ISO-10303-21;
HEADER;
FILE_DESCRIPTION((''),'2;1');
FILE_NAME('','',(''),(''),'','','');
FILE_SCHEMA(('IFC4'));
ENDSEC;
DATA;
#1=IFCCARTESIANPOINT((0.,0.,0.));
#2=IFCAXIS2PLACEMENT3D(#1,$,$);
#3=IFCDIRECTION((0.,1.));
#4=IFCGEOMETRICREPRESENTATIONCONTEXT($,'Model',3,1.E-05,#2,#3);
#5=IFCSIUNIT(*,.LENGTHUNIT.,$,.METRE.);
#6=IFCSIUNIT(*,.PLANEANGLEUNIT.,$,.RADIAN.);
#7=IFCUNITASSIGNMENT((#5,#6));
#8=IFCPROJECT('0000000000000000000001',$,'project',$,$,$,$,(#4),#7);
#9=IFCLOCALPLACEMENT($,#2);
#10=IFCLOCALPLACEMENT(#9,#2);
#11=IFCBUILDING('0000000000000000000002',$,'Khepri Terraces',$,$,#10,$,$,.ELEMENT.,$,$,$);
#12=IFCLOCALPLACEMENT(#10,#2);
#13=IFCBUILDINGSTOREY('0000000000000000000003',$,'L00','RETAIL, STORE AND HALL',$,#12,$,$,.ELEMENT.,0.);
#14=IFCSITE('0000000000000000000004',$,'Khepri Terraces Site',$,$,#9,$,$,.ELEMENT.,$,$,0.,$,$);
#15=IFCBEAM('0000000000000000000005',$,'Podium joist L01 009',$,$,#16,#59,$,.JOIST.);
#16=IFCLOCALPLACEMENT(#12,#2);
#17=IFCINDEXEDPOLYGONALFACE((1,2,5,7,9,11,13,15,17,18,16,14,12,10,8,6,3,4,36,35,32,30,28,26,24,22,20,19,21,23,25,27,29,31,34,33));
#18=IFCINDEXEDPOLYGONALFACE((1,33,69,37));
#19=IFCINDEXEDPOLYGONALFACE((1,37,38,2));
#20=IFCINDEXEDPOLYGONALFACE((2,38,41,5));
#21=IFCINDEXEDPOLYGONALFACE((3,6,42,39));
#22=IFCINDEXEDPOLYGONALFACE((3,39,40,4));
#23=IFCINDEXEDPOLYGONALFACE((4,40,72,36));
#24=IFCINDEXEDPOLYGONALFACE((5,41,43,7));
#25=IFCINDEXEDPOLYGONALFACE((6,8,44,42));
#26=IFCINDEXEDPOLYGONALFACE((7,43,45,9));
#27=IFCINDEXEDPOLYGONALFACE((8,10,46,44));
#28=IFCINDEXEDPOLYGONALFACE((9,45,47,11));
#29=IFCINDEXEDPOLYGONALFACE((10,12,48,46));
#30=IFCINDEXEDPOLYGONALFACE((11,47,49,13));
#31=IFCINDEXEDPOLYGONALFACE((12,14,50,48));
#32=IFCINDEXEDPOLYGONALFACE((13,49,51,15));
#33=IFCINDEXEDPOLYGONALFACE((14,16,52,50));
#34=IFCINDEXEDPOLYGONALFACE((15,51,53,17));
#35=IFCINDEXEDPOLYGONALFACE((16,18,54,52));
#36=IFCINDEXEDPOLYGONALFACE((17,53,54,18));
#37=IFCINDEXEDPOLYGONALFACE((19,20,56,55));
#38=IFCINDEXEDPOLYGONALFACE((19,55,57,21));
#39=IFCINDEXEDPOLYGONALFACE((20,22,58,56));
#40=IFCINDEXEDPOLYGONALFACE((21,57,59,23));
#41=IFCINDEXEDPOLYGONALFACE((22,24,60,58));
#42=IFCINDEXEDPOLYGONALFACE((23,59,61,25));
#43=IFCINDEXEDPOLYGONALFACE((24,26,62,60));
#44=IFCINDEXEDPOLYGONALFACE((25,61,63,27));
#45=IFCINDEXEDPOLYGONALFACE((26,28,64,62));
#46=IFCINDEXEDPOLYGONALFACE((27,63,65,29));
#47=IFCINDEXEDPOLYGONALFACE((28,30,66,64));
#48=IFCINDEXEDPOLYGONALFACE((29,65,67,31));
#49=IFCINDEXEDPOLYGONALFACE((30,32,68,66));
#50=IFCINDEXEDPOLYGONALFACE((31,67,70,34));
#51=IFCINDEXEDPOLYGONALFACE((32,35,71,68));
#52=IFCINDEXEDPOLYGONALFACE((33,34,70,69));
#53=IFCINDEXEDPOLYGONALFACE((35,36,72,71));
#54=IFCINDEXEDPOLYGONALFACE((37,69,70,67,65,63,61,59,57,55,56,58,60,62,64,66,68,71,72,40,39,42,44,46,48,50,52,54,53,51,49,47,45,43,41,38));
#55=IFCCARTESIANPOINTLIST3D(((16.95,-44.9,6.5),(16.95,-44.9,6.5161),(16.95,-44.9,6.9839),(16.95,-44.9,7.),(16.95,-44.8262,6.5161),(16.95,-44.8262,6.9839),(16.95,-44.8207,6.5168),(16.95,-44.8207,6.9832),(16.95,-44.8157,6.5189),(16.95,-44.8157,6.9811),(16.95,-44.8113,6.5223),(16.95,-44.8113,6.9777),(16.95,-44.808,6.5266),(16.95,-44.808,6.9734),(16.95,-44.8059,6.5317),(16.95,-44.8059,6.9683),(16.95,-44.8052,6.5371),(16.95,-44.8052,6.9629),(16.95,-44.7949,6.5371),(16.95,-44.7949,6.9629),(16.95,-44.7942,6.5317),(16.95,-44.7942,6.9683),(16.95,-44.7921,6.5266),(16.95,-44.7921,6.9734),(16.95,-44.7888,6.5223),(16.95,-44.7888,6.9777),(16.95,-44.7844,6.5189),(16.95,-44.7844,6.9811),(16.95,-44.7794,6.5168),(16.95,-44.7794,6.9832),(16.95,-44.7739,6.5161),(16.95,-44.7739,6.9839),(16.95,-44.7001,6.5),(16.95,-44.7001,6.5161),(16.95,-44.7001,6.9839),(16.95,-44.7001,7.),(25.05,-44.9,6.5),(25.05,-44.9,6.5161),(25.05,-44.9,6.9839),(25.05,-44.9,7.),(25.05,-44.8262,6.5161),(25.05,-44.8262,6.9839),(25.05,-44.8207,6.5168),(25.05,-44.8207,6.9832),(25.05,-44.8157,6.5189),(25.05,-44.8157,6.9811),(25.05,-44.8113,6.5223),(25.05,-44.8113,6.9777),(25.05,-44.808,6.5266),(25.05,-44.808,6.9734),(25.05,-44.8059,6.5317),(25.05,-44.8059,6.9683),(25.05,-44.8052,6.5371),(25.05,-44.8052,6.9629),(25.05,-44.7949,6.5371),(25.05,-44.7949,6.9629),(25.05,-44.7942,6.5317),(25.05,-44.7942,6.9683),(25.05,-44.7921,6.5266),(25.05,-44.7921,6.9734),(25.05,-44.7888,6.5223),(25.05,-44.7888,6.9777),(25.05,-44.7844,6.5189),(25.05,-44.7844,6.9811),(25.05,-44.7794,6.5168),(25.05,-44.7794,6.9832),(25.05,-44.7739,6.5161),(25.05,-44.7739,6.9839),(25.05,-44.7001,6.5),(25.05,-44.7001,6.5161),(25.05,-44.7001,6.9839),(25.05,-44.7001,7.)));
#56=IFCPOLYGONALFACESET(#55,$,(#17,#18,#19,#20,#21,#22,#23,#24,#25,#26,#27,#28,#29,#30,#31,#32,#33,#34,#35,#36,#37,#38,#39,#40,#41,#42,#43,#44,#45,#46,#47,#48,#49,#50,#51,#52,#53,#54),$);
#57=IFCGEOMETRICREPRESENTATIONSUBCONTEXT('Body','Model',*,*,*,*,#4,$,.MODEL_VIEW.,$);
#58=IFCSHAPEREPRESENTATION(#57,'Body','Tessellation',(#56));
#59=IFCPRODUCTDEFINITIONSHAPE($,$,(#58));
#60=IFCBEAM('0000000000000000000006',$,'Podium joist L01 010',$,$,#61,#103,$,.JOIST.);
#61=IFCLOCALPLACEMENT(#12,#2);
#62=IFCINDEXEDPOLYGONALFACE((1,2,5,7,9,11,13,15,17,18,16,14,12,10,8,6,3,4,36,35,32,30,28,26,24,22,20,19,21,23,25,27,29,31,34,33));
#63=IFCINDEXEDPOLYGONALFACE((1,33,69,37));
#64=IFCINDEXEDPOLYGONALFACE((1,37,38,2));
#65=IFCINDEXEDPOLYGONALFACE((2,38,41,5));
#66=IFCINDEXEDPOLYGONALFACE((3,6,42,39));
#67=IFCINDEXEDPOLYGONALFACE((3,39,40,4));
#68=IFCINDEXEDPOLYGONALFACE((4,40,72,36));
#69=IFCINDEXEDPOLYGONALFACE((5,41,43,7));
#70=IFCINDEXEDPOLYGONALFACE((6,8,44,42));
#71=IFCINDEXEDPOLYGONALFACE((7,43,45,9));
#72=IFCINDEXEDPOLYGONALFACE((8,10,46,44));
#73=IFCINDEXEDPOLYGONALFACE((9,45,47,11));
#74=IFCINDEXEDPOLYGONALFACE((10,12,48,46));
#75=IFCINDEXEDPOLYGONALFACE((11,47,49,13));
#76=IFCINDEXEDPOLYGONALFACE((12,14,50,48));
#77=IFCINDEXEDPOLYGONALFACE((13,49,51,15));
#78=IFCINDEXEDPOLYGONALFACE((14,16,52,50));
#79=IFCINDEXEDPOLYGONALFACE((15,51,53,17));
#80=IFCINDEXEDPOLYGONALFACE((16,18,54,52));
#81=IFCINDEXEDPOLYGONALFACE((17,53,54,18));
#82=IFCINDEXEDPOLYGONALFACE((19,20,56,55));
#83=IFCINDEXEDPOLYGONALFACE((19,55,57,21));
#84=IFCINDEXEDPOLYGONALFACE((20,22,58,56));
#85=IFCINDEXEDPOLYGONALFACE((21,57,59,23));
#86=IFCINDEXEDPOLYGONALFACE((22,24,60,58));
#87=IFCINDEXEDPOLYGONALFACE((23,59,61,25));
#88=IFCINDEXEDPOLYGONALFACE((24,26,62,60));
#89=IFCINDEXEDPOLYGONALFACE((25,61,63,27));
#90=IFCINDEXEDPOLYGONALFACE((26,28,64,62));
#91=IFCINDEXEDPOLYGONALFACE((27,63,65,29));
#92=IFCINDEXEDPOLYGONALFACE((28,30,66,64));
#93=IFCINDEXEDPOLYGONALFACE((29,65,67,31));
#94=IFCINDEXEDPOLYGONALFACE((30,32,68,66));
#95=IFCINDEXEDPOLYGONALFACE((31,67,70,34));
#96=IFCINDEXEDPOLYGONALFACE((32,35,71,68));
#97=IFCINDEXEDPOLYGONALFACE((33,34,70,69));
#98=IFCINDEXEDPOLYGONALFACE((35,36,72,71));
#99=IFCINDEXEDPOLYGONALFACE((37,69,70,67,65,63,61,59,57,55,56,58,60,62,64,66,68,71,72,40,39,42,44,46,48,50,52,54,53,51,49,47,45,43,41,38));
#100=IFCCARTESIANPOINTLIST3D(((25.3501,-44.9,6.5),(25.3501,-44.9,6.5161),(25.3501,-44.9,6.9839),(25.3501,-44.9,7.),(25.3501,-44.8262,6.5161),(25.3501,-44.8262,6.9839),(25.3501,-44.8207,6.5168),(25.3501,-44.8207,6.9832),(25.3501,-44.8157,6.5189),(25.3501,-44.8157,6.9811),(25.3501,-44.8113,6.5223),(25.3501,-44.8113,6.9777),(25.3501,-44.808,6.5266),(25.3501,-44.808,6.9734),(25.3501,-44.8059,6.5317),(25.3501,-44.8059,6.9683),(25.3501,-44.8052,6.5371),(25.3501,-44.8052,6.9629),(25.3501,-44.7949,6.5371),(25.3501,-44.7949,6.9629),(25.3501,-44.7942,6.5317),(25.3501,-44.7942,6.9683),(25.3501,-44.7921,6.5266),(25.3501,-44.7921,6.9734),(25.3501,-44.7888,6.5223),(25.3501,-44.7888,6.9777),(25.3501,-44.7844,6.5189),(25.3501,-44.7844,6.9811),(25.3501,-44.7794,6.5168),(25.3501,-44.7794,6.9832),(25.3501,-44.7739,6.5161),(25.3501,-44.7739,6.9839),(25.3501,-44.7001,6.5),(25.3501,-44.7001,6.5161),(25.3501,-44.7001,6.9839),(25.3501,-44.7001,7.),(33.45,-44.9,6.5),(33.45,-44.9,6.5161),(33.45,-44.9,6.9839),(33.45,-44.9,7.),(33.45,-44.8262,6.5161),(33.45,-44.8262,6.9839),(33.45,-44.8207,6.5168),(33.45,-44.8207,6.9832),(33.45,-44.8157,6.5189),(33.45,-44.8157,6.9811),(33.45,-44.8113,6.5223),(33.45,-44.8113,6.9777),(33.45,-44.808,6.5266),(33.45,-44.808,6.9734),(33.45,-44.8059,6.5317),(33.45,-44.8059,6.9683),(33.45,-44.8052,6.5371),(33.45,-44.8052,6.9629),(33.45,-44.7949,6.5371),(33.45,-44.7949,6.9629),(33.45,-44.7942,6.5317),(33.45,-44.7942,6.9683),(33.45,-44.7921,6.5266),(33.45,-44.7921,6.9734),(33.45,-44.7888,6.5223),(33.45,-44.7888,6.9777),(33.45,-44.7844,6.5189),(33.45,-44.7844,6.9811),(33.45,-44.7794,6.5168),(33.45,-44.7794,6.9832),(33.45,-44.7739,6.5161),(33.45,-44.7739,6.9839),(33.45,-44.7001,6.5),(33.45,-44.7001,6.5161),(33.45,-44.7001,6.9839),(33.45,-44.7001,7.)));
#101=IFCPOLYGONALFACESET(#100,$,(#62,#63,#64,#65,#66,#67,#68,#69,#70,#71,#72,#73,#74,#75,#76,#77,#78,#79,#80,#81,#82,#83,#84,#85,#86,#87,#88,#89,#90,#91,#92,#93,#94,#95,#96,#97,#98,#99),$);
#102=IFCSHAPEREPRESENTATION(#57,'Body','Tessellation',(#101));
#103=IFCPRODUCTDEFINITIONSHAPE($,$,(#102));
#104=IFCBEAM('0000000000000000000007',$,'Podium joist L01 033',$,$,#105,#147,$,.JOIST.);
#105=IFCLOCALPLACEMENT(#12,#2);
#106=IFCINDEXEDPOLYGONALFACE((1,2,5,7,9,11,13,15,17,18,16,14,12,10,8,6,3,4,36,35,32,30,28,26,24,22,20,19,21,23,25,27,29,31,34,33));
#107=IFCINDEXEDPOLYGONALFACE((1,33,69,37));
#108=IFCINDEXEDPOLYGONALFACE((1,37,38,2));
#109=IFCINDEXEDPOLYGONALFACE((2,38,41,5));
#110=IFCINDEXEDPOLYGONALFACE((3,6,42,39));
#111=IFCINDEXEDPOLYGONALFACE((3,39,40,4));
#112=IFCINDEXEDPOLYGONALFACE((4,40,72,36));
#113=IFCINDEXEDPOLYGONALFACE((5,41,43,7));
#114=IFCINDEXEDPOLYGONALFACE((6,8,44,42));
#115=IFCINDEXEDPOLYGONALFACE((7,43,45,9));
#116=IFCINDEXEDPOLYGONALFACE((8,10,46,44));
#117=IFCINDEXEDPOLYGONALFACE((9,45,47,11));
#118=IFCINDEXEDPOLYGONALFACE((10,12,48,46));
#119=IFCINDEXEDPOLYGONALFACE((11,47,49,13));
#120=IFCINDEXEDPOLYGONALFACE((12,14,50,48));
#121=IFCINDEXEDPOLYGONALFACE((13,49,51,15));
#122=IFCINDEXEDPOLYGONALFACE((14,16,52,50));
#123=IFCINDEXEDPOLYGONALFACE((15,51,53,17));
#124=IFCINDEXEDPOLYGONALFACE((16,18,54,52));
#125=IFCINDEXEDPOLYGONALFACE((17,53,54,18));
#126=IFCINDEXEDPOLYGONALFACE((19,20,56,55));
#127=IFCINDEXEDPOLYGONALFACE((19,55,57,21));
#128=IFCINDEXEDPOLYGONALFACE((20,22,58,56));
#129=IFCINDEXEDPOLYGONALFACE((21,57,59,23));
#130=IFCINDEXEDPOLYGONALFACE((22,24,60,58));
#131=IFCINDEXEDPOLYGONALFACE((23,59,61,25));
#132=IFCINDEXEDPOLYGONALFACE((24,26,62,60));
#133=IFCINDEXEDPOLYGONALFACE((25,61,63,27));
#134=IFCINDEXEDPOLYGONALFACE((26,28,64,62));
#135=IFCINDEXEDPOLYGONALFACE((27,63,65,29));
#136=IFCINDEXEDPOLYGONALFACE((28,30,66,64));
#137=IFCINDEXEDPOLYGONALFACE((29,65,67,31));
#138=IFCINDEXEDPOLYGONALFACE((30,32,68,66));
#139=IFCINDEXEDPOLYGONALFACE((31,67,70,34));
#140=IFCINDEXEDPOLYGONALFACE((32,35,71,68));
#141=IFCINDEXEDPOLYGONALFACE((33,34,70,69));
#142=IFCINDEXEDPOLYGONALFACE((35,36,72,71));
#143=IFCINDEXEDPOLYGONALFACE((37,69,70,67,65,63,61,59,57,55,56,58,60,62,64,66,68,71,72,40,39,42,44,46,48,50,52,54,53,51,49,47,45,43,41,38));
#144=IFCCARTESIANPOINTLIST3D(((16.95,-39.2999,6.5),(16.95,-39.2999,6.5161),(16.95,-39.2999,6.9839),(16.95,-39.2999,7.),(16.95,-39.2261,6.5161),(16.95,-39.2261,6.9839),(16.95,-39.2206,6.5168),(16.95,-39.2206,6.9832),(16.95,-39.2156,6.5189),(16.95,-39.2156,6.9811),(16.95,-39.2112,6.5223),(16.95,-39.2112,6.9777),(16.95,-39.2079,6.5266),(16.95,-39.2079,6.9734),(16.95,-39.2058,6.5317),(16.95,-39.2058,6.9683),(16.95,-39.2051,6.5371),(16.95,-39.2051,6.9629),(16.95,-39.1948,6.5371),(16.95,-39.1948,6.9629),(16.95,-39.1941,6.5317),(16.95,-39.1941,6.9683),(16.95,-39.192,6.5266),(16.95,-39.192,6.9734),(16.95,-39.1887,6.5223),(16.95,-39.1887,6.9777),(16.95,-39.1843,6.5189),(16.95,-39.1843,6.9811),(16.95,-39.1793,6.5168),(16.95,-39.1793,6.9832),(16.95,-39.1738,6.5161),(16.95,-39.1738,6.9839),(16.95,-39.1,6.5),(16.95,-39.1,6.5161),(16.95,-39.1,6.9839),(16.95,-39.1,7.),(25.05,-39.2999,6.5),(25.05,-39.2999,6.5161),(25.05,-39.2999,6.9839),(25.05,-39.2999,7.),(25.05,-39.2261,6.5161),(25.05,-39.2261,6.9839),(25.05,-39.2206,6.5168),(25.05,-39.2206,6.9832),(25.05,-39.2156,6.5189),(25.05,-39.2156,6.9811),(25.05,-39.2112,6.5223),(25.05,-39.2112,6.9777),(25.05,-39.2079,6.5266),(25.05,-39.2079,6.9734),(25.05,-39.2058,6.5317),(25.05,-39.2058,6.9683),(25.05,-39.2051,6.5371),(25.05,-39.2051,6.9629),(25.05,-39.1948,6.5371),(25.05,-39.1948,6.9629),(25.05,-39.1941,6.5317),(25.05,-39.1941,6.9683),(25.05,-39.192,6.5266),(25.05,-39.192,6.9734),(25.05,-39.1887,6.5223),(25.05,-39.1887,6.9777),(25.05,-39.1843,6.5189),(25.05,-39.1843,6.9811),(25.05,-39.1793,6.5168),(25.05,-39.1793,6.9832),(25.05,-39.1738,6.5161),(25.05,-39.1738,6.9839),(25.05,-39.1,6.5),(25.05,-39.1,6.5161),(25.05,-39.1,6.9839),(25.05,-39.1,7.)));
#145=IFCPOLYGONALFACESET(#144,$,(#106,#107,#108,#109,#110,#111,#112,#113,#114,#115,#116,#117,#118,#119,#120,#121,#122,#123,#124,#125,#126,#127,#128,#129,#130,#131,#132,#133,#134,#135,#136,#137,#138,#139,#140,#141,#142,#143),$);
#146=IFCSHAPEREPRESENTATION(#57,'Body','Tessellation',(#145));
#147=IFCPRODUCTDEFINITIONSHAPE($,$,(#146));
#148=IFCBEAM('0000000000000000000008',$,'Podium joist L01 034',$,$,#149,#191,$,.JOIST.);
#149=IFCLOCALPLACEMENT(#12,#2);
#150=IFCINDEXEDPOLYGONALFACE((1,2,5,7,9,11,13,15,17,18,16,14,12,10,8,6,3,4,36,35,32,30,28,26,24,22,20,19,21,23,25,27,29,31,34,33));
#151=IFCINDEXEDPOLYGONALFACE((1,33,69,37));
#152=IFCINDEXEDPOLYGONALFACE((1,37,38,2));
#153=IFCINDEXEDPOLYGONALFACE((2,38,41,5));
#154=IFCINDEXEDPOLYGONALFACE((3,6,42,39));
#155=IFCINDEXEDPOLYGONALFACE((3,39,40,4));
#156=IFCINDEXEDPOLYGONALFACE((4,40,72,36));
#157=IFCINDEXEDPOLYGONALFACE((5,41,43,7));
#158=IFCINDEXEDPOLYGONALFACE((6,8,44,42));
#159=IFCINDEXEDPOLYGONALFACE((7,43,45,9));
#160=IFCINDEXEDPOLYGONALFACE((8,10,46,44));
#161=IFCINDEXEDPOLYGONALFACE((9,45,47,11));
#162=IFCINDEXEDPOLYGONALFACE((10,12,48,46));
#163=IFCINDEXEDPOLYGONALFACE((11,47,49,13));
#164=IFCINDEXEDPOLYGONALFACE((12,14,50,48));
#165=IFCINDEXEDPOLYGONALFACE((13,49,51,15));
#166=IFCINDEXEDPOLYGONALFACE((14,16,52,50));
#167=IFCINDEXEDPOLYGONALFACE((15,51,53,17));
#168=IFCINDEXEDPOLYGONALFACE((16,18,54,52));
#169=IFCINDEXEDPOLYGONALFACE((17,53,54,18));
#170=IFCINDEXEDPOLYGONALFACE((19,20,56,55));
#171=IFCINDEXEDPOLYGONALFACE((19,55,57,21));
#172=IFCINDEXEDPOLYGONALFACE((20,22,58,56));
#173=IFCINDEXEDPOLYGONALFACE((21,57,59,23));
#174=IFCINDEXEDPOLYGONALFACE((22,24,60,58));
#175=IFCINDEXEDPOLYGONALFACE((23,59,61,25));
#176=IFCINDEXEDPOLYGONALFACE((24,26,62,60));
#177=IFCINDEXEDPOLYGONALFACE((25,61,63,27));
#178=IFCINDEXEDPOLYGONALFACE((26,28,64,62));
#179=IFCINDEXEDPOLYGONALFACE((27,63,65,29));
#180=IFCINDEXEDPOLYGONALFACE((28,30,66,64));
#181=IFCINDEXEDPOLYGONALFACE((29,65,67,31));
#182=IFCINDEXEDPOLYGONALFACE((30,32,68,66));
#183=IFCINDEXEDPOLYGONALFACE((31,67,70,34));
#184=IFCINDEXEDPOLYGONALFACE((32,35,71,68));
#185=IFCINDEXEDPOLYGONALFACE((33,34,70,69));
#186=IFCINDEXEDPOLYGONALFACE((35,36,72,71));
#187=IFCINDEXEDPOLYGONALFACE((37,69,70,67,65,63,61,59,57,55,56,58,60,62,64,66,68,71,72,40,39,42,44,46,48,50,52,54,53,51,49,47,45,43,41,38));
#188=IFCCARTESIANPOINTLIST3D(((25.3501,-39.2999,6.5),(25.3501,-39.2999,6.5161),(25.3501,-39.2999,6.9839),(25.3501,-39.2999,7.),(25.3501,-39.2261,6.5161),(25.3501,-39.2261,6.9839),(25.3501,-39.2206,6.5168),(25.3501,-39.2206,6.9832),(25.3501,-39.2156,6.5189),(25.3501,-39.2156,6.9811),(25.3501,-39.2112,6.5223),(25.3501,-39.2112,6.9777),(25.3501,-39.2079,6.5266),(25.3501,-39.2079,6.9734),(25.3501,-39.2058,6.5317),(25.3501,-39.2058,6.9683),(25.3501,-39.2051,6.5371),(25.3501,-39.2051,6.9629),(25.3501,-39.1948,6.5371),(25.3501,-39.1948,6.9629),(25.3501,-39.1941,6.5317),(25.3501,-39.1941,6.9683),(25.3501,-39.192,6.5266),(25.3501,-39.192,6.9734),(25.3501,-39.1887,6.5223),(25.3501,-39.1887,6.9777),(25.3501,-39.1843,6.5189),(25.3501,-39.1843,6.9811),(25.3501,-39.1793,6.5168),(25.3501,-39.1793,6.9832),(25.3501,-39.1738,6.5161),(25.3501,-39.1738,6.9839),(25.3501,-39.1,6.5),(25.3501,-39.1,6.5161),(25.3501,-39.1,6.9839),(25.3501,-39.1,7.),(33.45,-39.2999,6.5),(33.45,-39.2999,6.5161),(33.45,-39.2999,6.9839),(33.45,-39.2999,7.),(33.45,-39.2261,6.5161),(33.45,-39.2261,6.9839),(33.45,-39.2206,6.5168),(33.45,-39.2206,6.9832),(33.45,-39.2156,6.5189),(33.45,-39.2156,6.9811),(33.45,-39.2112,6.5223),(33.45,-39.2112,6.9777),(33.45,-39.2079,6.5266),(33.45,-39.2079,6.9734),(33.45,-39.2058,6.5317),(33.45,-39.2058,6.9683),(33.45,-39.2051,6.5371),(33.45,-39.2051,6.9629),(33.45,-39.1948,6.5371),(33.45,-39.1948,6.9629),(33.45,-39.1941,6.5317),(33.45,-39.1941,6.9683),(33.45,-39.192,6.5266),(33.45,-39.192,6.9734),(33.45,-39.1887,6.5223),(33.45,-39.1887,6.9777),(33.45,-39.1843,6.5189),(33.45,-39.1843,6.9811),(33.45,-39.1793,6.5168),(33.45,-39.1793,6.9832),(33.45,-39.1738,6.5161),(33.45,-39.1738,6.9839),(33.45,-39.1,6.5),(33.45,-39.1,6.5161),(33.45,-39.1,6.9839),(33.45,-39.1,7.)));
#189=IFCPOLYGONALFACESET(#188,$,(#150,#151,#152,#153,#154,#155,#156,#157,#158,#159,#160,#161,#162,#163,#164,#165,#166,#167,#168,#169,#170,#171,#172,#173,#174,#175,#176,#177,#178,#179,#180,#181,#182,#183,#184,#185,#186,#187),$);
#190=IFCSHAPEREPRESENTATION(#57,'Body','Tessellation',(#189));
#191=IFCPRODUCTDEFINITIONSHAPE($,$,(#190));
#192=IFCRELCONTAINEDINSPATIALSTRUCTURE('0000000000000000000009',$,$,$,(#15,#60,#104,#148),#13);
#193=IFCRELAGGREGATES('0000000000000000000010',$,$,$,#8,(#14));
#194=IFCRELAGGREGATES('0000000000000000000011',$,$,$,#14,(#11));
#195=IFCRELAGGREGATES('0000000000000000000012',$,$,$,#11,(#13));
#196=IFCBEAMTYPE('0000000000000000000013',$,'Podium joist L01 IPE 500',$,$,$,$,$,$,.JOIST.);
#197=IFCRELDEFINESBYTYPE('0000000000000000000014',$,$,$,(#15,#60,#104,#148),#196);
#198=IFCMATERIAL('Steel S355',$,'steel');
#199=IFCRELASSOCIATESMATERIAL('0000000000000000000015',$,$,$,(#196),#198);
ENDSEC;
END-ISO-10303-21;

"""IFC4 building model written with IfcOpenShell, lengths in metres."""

from ifc_helpers import new_model, si_unit, direction, frame, origin, origin_2d, place, context, subcontext, project, spatial, i_section, extrude, material, material_profile, profile_set, type_object, element, save


model = new_model("IFC4")

# Units and contexts
model_context = context("Model", 3, precision=1e-05, world=origin(), true_north=direction((0.0, 1.0)))
body_context = subcontext(model_context, "Body", "Model", "MODEL_VIEW")
ifc_project = project(units=[si_unit("LENGTHUNIT", "METRE"), si_unit("PLANEANGLEUNIT", "RADIAN")], contexts=[model_context])

# Site, building, storey
site_placement = place(None, origin())
site = spatial("IfcSite", under=ifc_project, at=site_placement, Name="Khepri Terraces Site", CompositionType="ELEMENT", RefElevation=0.0)
building_placement = place(site_placement, origin())
building = spatial("IfcBuilding", under=site, at=building_placement, Name="Khepri Terraces", CompositionType="ELEMENT")
storey_placement = place(building_placement, origin())
storey = spatial("IfcBuildingStorey", under=building, at=storey_placement, Name="L00", Description="RETAIL, STORE AND HALL", CompositionType="ELEMENT", Elevation=0.0)

# Beams
ifc_material_1 = material(Name="Steel S355", Category="steel")
ifc_material_profile_1 = material_profile(ifc_material_1, i_section(OverallWidth=0.2, OverallDepth=0.5, WebThickness=0.0103, FlangeThickness=0.0161, FilletRadius=0.021, at=origin_2d()), Name="Steel S355", Category="steel")
ifc_profile_set_1 = profile_set([ifc_material_profile_1], Name="Steel S355")
beam_type_1 = type_object("IfcBeamType", Name="Podium joist L01 IPE 500", PredefinedType="JOIST", material=ifc_profile_set_1)
beam_1_placement = place(storey_placement, frame((16.95, -44.8, 6.75), z_axis=(1.0, 0.0, 0.0), x_axis=(0.0, 1.0, 0.0)))
element("IfcBeam", 1, at=beam_1_placement, inside=storey, type_object=beam_type_1, Name="Podium joist L01 009", PredefinedType="JOIST", context=body_context, shape_type="SweptSolid", body=[
    extrude(i_section(OverallWidth=0.2, OverallDepth=0.5, WebThickness=0.0103, FlangeThickness=0.0161, FilletRadius=0.021, at=origin_2d()), origin(), (0.0, 0.0, 1.0), 8.1001),
])
beam_2_placement = place(storey_placement, frame((25.3501, -44.8, 6.75), z_axis=(1.0, 0.0, 0.0), x_axis=(0.0, 1.0, 0.0)))
element("IfcBeam", 2, at=beam_2_placement, inside=storey, type_object=beam_type_1, Name="Podium joist L01 010", PredefinedType="JOIST", context=body_context, shape_type="SweptSolid", body=[
    extrude(i_section(OverallWidth=0.2, OverallDepth=0.5, WebThickness=0.0103, FlangeThickness=0.0161, FilletRadius=0.021, at=origin_2d()), origin(), (0.0, 0.0, 1.0), 8.0999),
])
beam_3_placement = place(storey_placement, frame((16.95, -39.2, 6.75), z_axis=(1.0, 0.0, 0.0), x_axis=(0.0, 1.0, 0.0)))
element("IfcBeam", 3, at=beam_3_placement, inside=storey, type_object=beam_type_1, Name="Podium joist L01 033", PredefinedType="JOIST", context=body_context, shape_type="SweptSolid", body=[
    extrude(i_section(OverallWidth=0.2, OverallDepth=0.5, WebThickness=0.0103, FlangeThickness=0.0161, FilletRadius=0.021, at=origin_2d()), origin(), (0.0, 0.0, 1.0), 8.1001),
])
beam_4_placement = place(storey_placement, frame((25.3501, -39.2, 6.75), z_axis=(1.0, 0.0, 0.0), x_axis=(0.0, 1.0, 0.0)))
element("IfcBeam", 4, at=beam_4_placement, inside=storey, type_object=beam_type_1, Name="Podium joist L01 034", PredefinedType="JOIST", context=body_context, shape_type="SweptSolid", body=[
    extrude(i_section(OverallWidth=0.2, OverallDepth=0.5, WebThickness=0.0103, FlangeThickness=0.0161, FilletRadius=0.021, at=origin_2d()), origin(), (0.0, 0.0, 1.0), 8.0999),
])

save(model, "model.ifc")
